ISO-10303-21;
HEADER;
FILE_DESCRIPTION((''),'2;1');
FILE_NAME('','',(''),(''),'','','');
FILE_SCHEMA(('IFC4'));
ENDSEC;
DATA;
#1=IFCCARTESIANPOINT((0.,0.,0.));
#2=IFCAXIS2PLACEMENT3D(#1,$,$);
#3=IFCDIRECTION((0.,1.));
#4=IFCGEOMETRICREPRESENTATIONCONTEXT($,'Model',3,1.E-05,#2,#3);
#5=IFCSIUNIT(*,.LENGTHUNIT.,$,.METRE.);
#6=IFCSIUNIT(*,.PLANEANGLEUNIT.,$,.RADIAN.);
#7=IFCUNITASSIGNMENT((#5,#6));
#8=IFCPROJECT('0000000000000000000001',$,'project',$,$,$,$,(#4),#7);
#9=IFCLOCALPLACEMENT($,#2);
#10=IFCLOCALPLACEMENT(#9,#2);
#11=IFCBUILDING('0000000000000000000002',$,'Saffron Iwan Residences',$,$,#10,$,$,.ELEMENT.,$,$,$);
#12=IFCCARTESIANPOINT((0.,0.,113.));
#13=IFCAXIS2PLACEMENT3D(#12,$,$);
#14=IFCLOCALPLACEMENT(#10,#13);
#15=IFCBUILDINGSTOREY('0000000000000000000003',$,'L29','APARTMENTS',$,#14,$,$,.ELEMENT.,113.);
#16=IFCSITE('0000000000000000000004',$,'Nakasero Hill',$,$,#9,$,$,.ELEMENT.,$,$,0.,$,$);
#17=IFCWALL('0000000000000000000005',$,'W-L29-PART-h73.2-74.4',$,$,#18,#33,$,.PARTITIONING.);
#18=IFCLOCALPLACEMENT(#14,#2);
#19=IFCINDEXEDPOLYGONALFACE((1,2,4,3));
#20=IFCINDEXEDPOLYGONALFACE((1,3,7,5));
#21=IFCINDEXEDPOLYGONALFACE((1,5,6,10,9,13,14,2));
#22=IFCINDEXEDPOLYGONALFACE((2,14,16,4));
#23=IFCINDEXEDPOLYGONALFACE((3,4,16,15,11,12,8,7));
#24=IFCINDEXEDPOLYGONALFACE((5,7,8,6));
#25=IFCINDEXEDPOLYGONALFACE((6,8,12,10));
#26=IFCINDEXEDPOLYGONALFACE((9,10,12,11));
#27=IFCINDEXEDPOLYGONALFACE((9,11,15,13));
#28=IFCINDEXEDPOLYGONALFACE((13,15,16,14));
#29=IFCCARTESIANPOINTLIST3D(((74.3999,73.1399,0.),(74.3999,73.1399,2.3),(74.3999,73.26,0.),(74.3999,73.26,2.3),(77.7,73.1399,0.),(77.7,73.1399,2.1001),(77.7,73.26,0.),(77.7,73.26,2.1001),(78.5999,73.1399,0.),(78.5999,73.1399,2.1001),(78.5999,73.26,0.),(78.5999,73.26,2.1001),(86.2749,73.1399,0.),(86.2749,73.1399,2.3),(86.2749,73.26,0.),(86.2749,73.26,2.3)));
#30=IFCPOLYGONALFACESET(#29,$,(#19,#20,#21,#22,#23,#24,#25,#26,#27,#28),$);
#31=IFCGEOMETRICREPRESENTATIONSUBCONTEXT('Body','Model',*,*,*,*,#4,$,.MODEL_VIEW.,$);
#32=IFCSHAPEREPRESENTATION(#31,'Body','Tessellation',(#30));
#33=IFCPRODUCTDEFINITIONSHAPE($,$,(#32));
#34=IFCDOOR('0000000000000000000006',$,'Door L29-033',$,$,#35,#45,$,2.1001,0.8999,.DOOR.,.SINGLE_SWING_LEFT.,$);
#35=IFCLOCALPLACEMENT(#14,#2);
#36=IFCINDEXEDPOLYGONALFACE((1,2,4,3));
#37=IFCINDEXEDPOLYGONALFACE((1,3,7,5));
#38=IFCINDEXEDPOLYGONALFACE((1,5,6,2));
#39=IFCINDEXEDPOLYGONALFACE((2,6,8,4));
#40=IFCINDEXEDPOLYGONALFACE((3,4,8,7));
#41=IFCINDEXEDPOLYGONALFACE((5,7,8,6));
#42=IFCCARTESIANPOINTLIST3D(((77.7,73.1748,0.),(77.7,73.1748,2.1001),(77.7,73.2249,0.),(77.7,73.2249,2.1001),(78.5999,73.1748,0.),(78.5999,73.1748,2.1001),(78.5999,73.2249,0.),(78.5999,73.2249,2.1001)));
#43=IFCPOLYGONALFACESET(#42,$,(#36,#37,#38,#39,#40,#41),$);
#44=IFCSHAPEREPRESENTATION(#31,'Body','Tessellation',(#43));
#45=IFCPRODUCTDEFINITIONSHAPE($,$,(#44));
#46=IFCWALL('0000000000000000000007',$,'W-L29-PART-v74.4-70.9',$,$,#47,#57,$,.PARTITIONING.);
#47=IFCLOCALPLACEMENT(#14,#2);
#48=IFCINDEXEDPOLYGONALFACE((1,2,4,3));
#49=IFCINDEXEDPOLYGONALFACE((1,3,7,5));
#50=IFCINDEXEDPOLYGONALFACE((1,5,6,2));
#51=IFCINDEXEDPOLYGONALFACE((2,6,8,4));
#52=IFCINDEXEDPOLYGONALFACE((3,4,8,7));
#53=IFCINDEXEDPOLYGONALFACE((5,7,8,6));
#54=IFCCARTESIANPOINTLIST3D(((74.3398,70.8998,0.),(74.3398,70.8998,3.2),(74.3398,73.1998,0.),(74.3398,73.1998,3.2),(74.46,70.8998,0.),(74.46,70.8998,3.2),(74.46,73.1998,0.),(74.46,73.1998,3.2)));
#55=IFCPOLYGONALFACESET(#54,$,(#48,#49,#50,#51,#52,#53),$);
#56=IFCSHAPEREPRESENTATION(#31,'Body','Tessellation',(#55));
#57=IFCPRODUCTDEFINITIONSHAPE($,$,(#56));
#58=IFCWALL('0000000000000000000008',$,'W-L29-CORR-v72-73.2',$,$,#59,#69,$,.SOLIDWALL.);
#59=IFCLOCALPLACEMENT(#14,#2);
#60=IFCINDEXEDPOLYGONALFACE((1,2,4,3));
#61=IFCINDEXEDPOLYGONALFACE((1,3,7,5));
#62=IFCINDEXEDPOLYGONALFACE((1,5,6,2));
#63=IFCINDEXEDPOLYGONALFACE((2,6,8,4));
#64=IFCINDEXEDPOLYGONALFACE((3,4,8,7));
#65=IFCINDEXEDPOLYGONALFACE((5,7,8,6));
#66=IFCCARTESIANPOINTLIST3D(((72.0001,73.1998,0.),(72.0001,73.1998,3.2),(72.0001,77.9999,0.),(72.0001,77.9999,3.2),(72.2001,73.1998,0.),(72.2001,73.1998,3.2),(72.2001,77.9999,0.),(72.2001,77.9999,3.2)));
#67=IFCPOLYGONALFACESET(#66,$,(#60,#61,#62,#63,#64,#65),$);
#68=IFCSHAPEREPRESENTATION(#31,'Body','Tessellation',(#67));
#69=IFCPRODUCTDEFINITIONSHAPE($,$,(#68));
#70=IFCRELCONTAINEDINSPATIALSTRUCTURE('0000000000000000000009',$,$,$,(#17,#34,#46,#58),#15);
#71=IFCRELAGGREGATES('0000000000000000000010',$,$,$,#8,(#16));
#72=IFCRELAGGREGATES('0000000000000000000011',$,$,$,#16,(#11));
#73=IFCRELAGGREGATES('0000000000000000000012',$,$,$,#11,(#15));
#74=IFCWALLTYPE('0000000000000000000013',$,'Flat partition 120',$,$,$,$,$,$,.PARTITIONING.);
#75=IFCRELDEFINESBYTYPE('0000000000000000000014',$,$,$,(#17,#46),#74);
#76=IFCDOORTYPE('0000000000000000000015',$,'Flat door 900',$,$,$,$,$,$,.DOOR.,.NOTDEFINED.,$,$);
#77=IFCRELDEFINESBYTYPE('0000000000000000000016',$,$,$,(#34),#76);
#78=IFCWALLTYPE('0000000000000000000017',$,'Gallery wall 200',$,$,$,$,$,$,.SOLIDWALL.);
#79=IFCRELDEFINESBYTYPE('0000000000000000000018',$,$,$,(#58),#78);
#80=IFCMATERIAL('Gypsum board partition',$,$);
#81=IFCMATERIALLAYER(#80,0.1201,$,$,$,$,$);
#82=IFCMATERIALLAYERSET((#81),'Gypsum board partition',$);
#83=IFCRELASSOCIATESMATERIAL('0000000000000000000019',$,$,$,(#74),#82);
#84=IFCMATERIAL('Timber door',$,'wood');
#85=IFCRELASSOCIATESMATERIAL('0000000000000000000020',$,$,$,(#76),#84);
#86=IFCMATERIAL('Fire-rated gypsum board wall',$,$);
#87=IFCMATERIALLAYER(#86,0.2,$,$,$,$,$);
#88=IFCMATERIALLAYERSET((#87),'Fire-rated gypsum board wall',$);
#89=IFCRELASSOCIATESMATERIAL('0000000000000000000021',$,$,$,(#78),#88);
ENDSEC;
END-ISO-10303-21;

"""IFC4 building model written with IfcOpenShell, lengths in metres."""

from ifc_helpers import new_model, si_unit, direction, frame, frame_2d, origin, place, context, subcontext, project, spatial, rectangle, extrude, material, layer, layer_set, type_object, element, fill, save


model = new_model("IFC4")

# Units and contexts
model_context = context("Model", 3, precision=1e-05, world=origin(), true_north=direction((0.0, 1.0)))
body_context = subcontext(model_context, "Body", "Model", "MODEL_VIEW")
ifc_project = project(units=[si_unit("LENGTHUNIT", "METRE"), si_unit("PLANEANGLEUNIT", "RADIAN")], contexts=[model_context])

# Site, building, storey
site_placement = place(None, origin())
site = spatial("IfcSite", under=ifc_project, at=site_placement, Name="Nakasero Hill", CompositionType="ELEMENT", RefElevation=0.0)
building_placement = place(site_placement, origin())
building = spatial("IfcBuilding", under=site, at=building_placement, Name="Saffron Iwan Residences", CompositionType="ELEMENT")
storey_placement = place(building_placement, frame((0.0, 0.0, 113.0)))
storey = spatial("IfcBuildingStorey", under=building, at=storey_placement, Name="L29", Description="APARTMENTS", CompositionType="ELEMENT", Elevation=113.0)

# Shared definitions
ifc_material_1 = material(Name="Gypsum board partition")
ifc_layer_1 = layer(ifc_material_1, 0.1201)
ifc_layer_set_1 = layer_set([ifc_layer_1], Name="Gypsum board partition")
wall_type_1 = type_object("IfcWallType", Name="Flat partition 120", PredefinedType="PARTITIONING", material=ifc_layer_set_1)

# Wall, opening, door
wall_1_placement = place(storey_placement, frame((74.3999, 73.2, 0.0), z_axis=(0.0, 0.0, 1.0), x_axis=(1.0, 0.0, 0.0)))
wall_1 = element("IfcWall", 1, at=wall_1_placement, inside=storey, type_object=wall_type_1, Name="W-L29-PART-h73.2-74.4", PredefinedType="PARTITIONING", context=body_context, shape_type="SweptSolid", body=[
    extrude(rectangle(XDim=11.875, YDim=0.1201, at=frame_2d((5.9375, 0.0))), origin(), (0.0, 0.0, 1.0), 2.3),
])
opening_1_placement = place(wall_1_placement, frame((3.3, 0.0, 0.0)))
opening_1 = element("IfcOpeningElement", 2, at=opening_1_placement, cuts=wall_1, PredefinedType="OPENING", context=body_context, shape_type="SweptSolid", body=[
    extrude(rectangle(XDim=0.8999, YDim=2.1001, at=frame_2d((0.45, 1.05))), frame((0.0, 0.0701, 0.0), z_axis=(0.0, -1.0, 0.0), x_axis=(1.0, 0.0, 0.0)), (0.0, 0.0, 1.0), 0.1401),
])
ifc_material_2 = material(Name="Timber door", Category="wood")
door_type_1 = type_object("IfcDoorType", Name="Flat door 900", OperationType="NOTDEFINED", PredefinedType="DOOR", material=ifc_material_2)
door_1_placement = place(opening_1_placement, origin())
door_1 = element("IfcDoor", 3, at=door_1_placement, inside=storey, type_object=door_type_1, Name="Door L29-033", OperationType="SINGLE_SWING_LEFT", OverallHeight=2.1001, OverallWidth=0.8999, PredefinedType="DOOR", context=body_context, shape_type="SweptSolid", body=[
    extrude(rectangle(XDim=0.8999, YDim=2.1001, at=frame_2d((0.45, 1.05))), frame((0.0, 0.0249, 0.0), z_axis=(0.0, -1.0, 0.0), x_axis=(1.0, 0.0, 0.0)), (0.0, 0.0, 1.0), 0.05),
])
fill(opening_1, door_1)

# Walls
wall_2_placement = place(storey_placement, frame((74.3999, 70.8999, 0.0), z_axis=(0.0, 0.0, 1.0), x_axis=(0.0, 1.0, 0.0)))
element("IfcWall", 4, at=wall_2_placement, inside=storey, type_object=wall_type_1, Name="W-L29-PART-v74.4-70.9", PredefinedType="PARTITIONING", context=body_context, shape_type="SweptSolid", body=[
    extrude(rectangle(XDim=2.3, YDim=0.1201, at=frame_2d((1.1499, 0.0))), origin(), (0.0, 0.0, 1.0), 3.2),
])
ifc_material_3 = material(Name="Fire-rated gypsum board wall")
ifc_layer_2 = layer(ifc_material_3, 0.2)
ifc_layer_set_2 = layer_set([ifc_layer_2], Name="Fire-rated gypsum board wall")
wall_type_2 = type_object("IfcWallType", Name="Gallery wall 200", PredefinedType="SOLIDWALL", material=ifc_layer_set_2)
wall_3_placement = place(storey_placement, frame((72.1001, 73.2, 0.0), z_axis=(0.0, 0.0, 1.0), x_axis=(0.0, 1.0, 0.0)))
element("IfcWall", 5, at=wall_3_placement, inside=storey, type_object=wall_type_2, Name="W-L29-CORR-v72-73.2", PredefinedType="SOLIDWALL", context=body_context, shape_type="SweptSolid", body=[
    extrude(rectangle(XDim=4.8, YDim=0.2, at=frame_2d((2.3999, 0.0))), origin(), (0.0, 0.0, 1.0), 3.2),
])

save(model, "model.ifc")
